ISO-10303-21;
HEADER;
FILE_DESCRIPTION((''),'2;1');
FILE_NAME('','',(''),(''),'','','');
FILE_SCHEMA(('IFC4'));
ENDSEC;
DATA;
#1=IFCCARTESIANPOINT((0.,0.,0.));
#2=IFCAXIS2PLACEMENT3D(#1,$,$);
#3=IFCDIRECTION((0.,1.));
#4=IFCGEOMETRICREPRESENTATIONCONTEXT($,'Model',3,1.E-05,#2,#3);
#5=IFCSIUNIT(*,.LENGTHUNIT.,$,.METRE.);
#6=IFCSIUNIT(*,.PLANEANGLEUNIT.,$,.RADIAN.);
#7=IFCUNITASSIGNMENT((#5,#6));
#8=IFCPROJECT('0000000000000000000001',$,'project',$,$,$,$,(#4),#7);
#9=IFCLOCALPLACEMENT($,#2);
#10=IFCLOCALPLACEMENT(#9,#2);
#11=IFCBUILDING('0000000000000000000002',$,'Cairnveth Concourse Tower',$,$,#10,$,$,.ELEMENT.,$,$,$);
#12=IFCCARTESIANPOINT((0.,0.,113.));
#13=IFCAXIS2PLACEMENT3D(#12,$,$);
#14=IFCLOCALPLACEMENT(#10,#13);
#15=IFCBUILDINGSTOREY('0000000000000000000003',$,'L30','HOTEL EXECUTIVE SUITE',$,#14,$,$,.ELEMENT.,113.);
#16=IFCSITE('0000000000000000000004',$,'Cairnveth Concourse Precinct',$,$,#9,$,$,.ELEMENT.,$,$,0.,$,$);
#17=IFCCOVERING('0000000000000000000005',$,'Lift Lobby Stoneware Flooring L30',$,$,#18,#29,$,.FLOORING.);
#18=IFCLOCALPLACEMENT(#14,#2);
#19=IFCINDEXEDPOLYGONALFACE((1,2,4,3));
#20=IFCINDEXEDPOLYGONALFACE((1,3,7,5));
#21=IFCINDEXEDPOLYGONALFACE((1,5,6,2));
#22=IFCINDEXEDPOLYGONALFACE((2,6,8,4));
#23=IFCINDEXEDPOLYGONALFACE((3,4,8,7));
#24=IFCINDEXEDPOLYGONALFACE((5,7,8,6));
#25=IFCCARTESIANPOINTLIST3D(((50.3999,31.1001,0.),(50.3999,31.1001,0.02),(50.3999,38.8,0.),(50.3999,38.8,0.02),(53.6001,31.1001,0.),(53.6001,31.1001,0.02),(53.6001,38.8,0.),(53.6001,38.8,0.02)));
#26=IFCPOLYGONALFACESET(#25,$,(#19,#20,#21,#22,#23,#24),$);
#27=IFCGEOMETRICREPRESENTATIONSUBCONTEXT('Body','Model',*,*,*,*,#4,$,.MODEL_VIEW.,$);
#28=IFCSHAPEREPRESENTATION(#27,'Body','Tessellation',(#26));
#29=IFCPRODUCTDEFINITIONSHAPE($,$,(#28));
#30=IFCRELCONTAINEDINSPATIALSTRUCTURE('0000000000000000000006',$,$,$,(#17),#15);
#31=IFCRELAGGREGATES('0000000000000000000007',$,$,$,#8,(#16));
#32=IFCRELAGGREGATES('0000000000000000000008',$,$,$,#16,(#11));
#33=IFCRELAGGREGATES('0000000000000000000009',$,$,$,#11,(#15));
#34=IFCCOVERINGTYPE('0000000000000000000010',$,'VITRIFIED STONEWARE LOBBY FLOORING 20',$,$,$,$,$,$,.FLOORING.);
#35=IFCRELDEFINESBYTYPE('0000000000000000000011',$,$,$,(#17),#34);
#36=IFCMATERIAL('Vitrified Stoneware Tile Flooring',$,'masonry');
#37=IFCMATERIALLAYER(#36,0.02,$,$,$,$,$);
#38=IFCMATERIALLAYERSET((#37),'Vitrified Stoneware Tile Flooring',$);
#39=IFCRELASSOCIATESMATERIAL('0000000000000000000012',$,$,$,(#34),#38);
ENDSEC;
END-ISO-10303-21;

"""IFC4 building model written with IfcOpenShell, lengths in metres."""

from ifc_helpers import new_model, si_unit, direction, frame, origin, place, context, subcontext, project, spatial, polyline, outline, extrude, material, layer, layer_set, type_object, element, save


model = new_model("IFC4")

# Units and contexts
model_context = context("Model", 3, precision=1e-05, world=origin(), true_north=direction((0.0, 1.0)))
body_context = subcontext(model_context, "Body", "Model", "MODEL_VIEW")
ifc_project = project(units=[si_unit("LENGTHUNIT", "METRE"), si_unit("PLANEANGLEUNIT", "RADIAN")], contexts=[model_context])

# Site, building, storey
site_placement = place(None, origin())
site = spatial("IfcSite", under=ifc_project, at=site_placement, Name="Cairnveth Concourse Precinct", CompositionType="ELEMENT", RefElevation=0.0)
building_placement = place(site_placement, origin())
building = spatial("IfcBuilding", under=site, at=building_placement, Name="Cairnveth Concourse Tower", CompositionType="ELEMENT")
storey_placement = place(building_placement, frame((0.0, 0.0, 113.0)))
storey = spatial("IfcBuildingStorey", under=building, at=storey_placement, Name="L30", Description="HOTEL EXECUTIVE SUITE", CompositionType="ELEMENT", Elevation=113.0)

# Covering
ifc_material_1 = material(Name="Vitrified Stoneware Tile Flooring", Category="masonry")
ifc_layer_1 = layer(ifc_material_1, 0.02)
ifc_layer_set_1 = layer_set([ifc_layer_1], Name="Vitrified Stoneware Tile Flooring")
covering_type_1 = type_object("IfcCoveringType", Name="VITRIFIED STONEWARE LOBBY FLOORING 20", PredefinedType="FLOORING", material=ifc_layer_set_1)
covering_1_placement = place(storey_placement, origin())
element("IfcCovering", 1, at=covering_1_placement, inside=storey, type_object=covering_type_1, Name="Lift Lobby Stoneware Flooring L30", PredefinedType="FLOORING", context=body_context, shape_type="SweptSolid", body=[
    extrude(outline(polyline([(50.3999, 31.1001), (53.6001, 31.1001), (53.6001, 38.8), (50.3999, 38.8), (50.3999, 31.1001)])), origin(), (0.0, 0.0, 1.0), 0.02),
])

save(model, "model.ifc")
